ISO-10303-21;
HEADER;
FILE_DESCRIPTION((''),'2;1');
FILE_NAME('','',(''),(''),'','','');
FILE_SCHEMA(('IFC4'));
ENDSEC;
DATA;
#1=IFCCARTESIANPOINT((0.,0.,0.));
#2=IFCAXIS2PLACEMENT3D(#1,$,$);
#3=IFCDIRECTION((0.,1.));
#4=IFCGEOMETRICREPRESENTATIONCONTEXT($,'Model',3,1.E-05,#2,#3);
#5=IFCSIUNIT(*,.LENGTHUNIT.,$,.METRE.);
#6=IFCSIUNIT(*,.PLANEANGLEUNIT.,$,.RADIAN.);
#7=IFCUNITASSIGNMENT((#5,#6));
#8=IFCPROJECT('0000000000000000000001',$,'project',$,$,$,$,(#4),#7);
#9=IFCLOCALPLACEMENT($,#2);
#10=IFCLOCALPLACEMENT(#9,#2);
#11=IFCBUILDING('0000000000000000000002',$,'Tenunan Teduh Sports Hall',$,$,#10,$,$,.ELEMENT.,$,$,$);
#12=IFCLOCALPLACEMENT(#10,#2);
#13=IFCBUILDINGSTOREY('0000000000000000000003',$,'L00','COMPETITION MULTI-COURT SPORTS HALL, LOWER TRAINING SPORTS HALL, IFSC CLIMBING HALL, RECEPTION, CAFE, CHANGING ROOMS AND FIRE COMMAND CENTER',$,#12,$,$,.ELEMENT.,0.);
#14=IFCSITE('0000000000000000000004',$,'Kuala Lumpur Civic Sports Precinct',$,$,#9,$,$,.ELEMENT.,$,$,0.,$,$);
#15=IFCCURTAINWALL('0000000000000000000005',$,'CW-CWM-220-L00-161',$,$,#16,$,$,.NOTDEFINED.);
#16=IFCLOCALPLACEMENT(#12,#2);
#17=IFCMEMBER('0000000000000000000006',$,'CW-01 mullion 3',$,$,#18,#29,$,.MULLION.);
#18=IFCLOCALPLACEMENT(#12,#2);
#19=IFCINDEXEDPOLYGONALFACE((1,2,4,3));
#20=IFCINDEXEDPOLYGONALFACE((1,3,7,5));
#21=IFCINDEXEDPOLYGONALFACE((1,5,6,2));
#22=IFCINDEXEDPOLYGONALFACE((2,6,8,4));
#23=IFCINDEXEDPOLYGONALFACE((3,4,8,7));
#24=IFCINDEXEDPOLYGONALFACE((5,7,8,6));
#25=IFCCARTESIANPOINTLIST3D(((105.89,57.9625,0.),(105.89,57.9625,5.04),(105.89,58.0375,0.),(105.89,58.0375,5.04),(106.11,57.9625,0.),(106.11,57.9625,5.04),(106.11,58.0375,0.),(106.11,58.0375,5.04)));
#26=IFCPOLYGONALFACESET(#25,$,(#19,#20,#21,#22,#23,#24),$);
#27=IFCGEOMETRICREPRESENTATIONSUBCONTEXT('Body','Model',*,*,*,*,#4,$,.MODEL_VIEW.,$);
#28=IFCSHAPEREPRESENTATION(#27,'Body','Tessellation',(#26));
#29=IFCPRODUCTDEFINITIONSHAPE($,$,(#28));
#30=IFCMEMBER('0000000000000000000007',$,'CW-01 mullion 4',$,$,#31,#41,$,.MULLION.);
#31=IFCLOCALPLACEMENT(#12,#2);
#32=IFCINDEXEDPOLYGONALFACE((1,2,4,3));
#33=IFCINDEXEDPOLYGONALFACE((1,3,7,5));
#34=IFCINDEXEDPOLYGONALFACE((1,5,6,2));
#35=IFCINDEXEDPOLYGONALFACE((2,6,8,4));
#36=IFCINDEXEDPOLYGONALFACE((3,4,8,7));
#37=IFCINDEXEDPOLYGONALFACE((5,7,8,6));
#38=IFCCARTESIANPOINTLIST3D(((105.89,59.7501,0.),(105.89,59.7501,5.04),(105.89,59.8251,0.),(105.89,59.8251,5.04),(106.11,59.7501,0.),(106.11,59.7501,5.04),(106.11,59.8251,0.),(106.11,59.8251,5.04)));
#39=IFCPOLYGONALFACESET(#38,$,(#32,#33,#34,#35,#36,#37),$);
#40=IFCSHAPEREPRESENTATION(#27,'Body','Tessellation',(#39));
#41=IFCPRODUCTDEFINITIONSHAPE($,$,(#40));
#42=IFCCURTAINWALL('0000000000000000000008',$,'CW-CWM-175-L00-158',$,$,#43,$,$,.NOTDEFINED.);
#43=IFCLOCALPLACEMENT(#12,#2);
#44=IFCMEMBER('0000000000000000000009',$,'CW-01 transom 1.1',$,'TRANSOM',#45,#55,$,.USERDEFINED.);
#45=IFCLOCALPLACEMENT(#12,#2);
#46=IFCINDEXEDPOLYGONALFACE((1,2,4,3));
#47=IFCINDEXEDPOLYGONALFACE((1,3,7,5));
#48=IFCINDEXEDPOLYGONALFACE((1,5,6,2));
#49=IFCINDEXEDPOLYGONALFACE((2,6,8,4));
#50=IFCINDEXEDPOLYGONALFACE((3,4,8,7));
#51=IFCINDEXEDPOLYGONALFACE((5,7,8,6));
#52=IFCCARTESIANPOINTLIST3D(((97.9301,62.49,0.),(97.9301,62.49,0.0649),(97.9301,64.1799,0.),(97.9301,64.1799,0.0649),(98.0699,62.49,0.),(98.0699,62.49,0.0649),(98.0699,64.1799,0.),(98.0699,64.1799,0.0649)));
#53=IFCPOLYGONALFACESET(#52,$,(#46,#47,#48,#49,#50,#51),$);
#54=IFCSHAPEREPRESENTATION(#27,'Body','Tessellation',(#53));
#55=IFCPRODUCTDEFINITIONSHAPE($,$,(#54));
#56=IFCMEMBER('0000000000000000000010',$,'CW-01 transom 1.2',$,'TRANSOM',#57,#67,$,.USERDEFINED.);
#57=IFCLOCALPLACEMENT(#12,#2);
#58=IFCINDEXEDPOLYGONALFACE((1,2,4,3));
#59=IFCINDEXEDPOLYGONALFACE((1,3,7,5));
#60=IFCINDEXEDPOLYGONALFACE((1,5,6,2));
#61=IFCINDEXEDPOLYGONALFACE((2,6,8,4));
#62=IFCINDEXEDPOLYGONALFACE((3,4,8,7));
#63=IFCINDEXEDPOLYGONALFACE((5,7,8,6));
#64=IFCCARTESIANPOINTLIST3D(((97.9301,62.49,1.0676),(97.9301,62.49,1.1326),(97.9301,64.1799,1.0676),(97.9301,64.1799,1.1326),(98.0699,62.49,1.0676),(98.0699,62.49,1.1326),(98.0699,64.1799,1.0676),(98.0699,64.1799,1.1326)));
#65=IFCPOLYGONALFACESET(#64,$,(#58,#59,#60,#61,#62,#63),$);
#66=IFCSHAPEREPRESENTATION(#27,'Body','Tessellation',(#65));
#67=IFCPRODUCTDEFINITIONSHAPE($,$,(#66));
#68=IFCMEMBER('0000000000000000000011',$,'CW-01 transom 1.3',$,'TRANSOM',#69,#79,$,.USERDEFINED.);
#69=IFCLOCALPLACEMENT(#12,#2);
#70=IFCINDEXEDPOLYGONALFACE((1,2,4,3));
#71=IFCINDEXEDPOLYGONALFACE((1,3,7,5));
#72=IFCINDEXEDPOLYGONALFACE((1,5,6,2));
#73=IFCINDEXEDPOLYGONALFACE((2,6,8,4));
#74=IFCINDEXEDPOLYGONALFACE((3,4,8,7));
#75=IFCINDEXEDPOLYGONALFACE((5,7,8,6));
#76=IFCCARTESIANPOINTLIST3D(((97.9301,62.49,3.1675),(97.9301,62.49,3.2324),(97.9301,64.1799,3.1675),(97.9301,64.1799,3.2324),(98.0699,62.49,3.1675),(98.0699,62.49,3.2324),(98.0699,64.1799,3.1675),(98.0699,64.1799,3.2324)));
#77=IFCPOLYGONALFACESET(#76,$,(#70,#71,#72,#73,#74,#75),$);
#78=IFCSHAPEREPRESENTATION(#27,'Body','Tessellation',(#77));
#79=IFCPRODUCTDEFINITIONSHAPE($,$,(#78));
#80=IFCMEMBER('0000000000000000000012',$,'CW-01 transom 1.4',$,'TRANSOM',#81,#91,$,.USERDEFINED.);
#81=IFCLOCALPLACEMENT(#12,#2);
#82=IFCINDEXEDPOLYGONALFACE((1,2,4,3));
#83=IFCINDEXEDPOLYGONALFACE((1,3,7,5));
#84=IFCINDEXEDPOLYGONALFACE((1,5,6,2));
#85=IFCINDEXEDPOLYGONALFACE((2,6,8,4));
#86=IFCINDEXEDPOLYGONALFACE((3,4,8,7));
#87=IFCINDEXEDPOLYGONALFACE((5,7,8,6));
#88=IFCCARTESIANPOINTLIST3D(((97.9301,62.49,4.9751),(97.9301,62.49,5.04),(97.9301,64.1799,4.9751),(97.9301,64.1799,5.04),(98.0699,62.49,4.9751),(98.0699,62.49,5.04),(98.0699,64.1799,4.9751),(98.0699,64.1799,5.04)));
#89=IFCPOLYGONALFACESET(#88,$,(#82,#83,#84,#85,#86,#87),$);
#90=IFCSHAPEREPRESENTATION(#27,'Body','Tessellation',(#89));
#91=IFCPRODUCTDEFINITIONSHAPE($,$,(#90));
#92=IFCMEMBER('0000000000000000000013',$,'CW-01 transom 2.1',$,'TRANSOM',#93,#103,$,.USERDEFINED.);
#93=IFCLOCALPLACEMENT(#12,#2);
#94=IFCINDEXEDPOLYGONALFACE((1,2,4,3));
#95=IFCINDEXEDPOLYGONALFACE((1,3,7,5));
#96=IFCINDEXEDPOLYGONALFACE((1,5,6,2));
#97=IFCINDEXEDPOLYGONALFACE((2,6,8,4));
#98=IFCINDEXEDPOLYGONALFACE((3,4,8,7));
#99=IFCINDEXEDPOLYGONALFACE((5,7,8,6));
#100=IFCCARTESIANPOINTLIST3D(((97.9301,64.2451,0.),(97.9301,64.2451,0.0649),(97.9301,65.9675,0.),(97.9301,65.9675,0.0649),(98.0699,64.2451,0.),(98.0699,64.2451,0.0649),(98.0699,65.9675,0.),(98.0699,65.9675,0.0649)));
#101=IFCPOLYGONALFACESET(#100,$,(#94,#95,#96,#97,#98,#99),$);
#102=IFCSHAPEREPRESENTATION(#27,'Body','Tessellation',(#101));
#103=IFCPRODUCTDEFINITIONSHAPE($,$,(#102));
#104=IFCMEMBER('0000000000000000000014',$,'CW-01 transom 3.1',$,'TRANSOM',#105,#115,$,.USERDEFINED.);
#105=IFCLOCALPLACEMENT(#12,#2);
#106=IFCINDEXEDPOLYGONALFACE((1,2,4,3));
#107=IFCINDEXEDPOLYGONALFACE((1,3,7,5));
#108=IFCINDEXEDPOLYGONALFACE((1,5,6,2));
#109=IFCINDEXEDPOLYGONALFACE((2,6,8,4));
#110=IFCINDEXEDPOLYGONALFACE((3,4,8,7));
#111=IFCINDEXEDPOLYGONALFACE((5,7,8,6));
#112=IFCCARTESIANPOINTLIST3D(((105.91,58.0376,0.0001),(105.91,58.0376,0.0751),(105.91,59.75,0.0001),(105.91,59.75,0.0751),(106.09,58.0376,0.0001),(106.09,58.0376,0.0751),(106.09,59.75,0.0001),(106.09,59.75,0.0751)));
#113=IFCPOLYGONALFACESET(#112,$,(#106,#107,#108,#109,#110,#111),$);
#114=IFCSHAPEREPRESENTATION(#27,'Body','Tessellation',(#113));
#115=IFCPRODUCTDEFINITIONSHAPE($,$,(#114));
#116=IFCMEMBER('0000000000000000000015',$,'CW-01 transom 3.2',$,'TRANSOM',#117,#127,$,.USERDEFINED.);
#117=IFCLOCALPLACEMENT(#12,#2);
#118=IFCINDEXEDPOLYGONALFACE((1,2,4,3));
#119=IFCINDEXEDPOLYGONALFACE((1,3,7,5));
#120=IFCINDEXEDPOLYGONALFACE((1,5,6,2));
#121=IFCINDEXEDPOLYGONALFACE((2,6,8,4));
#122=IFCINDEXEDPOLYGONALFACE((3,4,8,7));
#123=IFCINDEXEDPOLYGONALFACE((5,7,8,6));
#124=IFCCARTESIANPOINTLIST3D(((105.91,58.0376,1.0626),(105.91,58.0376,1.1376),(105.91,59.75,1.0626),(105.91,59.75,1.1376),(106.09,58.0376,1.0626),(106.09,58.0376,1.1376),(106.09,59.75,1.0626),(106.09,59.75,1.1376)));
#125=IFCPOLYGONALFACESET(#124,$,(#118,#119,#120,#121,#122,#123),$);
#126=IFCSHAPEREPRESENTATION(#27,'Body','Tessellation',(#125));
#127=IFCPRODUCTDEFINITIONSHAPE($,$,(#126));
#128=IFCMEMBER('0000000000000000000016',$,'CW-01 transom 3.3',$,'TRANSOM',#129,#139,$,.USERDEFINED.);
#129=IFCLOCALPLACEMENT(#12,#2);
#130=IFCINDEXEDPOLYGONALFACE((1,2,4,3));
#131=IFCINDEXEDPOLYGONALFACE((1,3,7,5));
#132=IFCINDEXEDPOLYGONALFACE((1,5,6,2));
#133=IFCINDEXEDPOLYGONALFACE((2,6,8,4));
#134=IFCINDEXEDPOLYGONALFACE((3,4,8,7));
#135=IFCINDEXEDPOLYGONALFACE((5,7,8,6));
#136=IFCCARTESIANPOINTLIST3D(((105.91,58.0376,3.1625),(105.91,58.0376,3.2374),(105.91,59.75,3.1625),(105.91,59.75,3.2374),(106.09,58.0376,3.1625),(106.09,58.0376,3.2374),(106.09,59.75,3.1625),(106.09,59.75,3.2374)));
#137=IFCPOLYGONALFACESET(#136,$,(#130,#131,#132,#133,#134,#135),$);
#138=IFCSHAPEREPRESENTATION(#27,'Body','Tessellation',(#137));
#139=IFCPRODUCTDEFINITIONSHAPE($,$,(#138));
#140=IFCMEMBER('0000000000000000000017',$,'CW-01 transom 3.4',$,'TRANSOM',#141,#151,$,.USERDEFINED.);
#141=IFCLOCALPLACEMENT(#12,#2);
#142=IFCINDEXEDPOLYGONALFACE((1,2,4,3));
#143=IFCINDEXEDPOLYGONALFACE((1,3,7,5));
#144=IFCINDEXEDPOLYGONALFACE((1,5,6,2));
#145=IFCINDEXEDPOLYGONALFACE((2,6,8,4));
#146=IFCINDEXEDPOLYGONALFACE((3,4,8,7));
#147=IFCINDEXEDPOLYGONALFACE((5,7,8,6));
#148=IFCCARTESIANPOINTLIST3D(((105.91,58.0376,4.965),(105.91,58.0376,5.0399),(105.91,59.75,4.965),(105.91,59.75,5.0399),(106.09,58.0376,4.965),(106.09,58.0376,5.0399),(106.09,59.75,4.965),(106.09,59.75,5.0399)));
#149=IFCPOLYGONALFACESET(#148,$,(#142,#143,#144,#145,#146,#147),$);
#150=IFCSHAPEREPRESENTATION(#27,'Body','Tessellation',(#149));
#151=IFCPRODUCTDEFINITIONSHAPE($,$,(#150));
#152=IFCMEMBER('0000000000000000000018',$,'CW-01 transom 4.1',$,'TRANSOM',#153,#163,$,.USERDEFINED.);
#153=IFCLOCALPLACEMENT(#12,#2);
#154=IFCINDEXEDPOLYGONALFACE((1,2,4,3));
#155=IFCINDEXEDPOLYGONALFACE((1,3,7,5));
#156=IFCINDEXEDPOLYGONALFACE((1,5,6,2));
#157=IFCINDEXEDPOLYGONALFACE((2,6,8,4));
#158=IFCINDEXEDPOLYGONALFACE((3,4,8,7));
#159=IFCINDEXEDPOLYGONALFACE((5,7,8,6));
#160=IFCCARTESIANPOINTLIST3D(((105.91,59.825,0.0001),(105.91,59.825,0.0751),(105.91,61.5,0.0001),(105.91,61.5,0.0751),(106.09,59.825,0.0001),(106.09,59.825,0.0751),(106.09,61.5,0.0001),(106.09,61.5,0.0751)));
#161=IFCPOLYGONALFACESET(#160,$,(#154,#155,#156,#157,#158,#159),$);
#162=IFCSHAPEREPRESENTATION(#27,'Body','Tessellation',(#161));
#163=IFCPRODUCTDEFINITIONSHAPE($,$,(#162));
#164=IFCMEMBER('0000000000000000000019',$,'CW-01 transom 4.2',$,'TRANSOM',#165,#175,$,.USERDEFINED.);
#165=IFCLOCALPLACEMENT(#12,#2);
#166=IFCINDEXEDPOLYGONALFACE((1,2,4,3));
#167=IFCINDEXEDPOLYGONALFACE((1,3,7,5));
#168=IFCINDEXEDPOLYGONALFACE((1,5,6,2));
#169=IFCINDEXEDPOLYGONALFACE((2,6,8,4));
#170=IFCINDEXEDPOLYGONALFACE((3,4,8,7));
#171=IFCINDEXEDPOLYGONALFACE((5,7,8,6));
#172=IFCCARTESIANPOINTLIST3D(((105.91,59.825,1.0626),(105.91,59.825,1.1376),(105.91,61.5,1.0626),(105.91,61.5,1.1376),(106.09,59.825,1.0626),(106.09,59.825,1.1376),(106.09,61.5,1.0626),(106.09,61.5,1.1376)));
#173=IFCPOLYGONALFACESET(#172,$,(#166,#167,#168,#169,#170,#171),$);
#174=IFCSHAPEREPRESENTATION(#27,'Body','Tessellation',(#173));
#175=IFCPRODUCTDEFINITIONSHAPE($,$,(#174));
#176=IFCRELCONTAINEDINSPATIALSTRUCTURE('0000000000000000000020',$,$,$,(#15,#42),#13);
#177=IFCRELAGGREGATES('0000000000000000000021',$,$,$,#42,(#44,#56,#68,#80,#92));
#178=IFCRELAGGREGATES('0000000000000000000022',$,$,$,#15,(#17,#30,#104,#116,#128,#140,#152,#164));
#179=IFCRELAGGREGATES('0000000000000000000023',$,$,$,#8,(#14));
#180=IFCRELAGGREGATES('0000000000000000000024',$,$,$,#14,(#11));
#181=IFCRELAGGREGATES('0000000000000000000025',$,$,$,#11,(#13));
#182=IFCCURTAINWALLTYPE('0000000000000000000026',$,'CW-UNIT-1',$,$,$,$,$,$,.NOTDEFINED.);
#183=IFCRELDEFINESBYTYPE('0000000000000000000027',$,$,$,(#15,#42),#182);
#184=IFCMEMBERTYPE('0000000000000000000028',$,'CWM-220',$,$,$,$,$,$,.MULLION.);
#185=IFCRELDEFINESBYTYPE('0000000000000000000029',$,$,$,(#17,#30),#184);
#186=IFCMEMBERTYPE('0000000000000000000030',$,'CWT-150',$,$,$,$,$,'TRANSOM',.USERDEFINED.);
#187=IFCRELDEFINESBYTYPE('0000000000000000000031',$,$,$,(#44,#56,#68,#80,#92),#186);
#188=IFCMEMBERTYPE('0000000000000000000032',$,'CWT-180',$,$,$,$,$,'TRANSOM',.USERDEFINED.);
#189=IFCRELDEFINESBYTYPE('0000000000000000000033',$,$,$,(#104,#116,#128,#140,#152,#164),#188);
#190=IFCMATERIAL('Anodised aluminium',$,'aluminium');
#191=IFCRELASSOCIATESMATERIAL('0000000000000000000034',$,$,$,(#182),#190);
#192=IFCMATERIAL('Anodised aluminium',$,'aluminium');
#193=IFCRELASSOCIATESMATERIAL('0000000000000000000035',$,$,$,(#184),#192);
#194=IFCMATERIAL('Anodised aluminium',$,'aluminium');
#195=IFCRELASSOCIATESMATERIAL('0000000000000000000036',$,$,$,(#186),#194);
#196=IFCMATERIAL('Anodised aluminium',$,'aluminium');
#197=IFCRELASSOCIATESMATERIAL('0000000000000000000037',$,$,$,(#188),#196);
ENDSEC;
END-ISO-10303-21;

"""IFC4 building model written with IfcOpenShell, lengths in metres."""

from ifc_helpers import new_model, si_unit, direction, frame, origin, origin_2d, place, context, subcontext, project, spatial, rectangle, extrude, material, material_profile, profile_set, type_object, element, aggregate, save


model = new_model("IFC4")

# Units and contexts
model_context = context("Model", 3, precision=1e-05, world=origin(), true_north=direction((0.0, 1.0)))
body_context = subcontext(model_context, "Body", "Model", "MODEL_VIEW")
ifc_project = project(units=[si_unit("LENGTHUNIT", "METRE"), si_unit("PLANEANGLEUNIT", "RADIAN")], contexts=[model_context])

# Site, building, storey
site_placement = place(None, origin())
site = spatial("IfcSite", under=ifc_project, at=site_placement, Name="Kuala Lumpur Civic Sports Precinct", CompositionType="ELEMENT", RefElevation=0.0)
building_placement = place(site_placement, origin())
building = spatial("IfcBuilding", under=site, at=building_placement, Name="Tenunan Teduh Sports Hall", CompositionType="ELEMENT")
storey_placement = place(building_placement, origin())
storey = spatial("IfcBuildingStorey", under=building, at=storey_placement, Name="L00", Description="COMPETITION MULTI-COURT SPORTS HALL, LOWER TRAINING SPORTS HALL, IFSC CLIMBING HALL, RECEPTION, CAFE, CHANGING ROOMS AND FIRE COMMAND CENTER", CompositionType="ELEMENT", Elevation=0.0)

# Curtain walls, members
ifc_material_1 = material(Name="Anodised aluminium", Category="aluminium")
curtain_wall_type = type_object("IfcCurtainWallType", Name="CW-UNIT-1", PredefinedType="NOTDEFINED", material=ifc_material_1)
curtain_wall_1_placement = place(storey_placement, origin())
curtain_wall_1 = element("IfcCurtainWall", 1, at=curtain_wall_1_placement, inside=storey, type_object=curtain_wall_type, Name="CW-CWM-220-L00-161", PredefinedType="NOTDEFINED")
ifc_material_2 = material(Name="Anodised aluminium", Category="aluminium")
ifc_material_profile_1 = material_profile(ifc_material_2, rectangle(XDim=0.075, YDim=0.22, at=origin_2d()), Name="CWM 75x220")
ifc_profile_set_1 = profile_set([ifc_material_profile_1], Name="Anodised aluminium")
member_type_1 = type_object("IfcMemberType", Name="CWM-220", PredefinedType="MULLION", material=ifc_profile_set_1)
member_1_placement = place(storey_placement, frame((106.0, 58.0, 0.0), z_axis=(0.0, 0.0, 1.0), x_axis=(0.0, 1.0, 0.0)))
member_1 = element("IfcMember", 2, at=member_1_placement, type_object=member_type_1, Name="CW-01 mullion 3", PredefinedType="MULLION", context=body_context, shape_type="SweptSolid", body=[
    extrude(rectangle(XDim=0.075, YDim=0.22, at=origin_2d()), origin(), (0.0, 0.0, 1.0), 5.04),
])
member_2_placement = place(storey_placement, frame((106.0, 59.7876, 0.0), z_axis=(0.0, 0.0, 1.0), x_axis=(0.0, 1.0, 0.0)))
member_2 = element("IfcMember", 3, at=member_2_placement, type_object=member_type_1, Name="CW-01 mullion 4", PredefinedType="MULLION", context=body_context, shape_type="SweptSolid", body=[
    extrude(rectangle(XDim=0.075, YDim=0.22, at=origin_2d()), origin(), (0.0, 0.0, 1.0), 5.04),
])
curtain_wall_2_placement = place(storey_placement, origin())
curtain_wall_2 = element("IfcCurtainWall", 4, at=curtain_wall_2_placement, inside=storey, type_object=curtain_wall_type, Name="CW-CWM-175-L00-158", PredefinedType="NOTDEFINED")
ifc_material_3 = material(Name="Anodised aluminium", Category="aluminium")
ifc_material_profile_2 = material_profile(ifc_material_3, rectangle(XDim=0.0649, YDim=0.1399, at=origin_2d()), Name="CWT 65x140")
ifc_profile_set_2 = profile_set([ifc_material_profile_2], Name="Anodised aluminium")
member_type_2 = type_object("IfcMemberType", Name="CWT-150", ElementType="TRANSOM", PredefinedType="USERDEFINED", material=ifc_profile_set_2)
member_3_placement = place(storey_placement, frame((98.0, 62.49, 0.0325), z_axis=(0.0, 1.0, 0.0), x_axis=(0.0, 0.0, 1.0)))
member_3 = element("IfcMember", 5, at=member_3_placement, type_object=member_type_2, Name="CW-01 transom 1.1", ObjectType="TRANSOM", PredefinedType="USERDEFINED", context=body_context, shape_type="SweptSolid", body=[
    extrude(rectangle(XDim=0.0649, YDim=0.1399, at=origin_2d()), origin(), (0.0, 0.0, 1.0), 1.6899),
])
member_4_placement = place(storey_placement, frame((98.0, 62.49, 1.1001), z_axis=(0.0, 1.0, 0.0), x_axis=(0.0, 0.0, 1.0)))
member_4 = element("IfcMember", 6, at=member_4_placement, type_object=member_type_2, Name="CW-01 transom 1.2", ObjectType="TRANSOM", PredefinedType="USERDEFINED", context=body_context, shape_type="SweptSolid", body=[
    extrude(rectangle(XDim=0.0649, YDim=0.1399, at=origin_2d()), origin(), (0.0, 0.0, 1.0), 1.6899),
])
member_5_placement = place(storey_placement, frame((98.0, 62.49, 3.2), z_axis=(0.0, 1.0, 0.0), x_axis=(0.0, 0.0, 1.0)))
member_5 = element("IfcMember", 7, at=member_5_placement, type_object=member_type_2, Name="CW-01 transom 1.3", ObjectType="TRANSOM", PredefinedType="USERDEFINED", context=body_context, shape_type="SweptSolid", body=[
    extrude(rectangle(XDim=0.0649, YDim=0.1399, at=origin_2d()), origin(), (0.0, 0.0, 1.0), 1.6899),
])
member_6_placement = place(storey_placement, frame((98.0, 62.49, 5.0076), z_axis=(0.0, 1.0, 0.0), x_axis=(0.0, 0.0, 1.0)))
member_6 = element("IfcMember", 8, at=member_6_placement, type_object=member_type_2, Name="CW-01 transom 1.4", ObjectType="TRANSOM", PredefinedType="USERDEFINED", context=body_context, shape_type="SweptSolid", body=[
    extrude(rectangle(XDim=0.0649, YDim=0.1399, at=origin_2d()), origin(), (0.0, 0.0, 1.0), 1.6899),
])
member_7_placement = place(storey_placement, frame((98.0, 64.2451, 0.0325), z_axis=(0.0, 1.0, 0.0), x_axis=(0.0, 0.0, 1.0)))
member_7 = element("IfcMember", 9, at=member_7_placement, type_object=member_type_2, Name="CW-01 transom 2.1", ObjectType="TRANSOM", PredefinedType="USERDEFINED", context=body_context, shape_type="SweptSolid", body=[
    extrude(rectangle(XDim=0.0649, YDim=0.1399, at=origin_2d()), origin(), (0.0, 0.0, 1.0), 1.7224),
])

# Members
ifc_material_4 = material(Name="Anodised aluminium", Category="aluminium")
ifc_material_profile_3 = material_profile(ifc_material_4, rectangle(XDim=0.075, YDim=0.1799, at=origin_2d()), Name="CWT 75x180")
ifc_profile_set_3 = profile_set([ifc_material_profile_3], Name="Anodised aluminium")
member_type_3 = type_object("IfcMemberType", Name="CWT-180", ElementType="TRANSOM", PredefinedType="USERDEFINED", material=ifc_profile_set_3)
member_8_placement = place(storey_placement, frame((106.0, 58.0376, 0.0376), z_axis=(0.0, 1.0, 0.0), x_axis=(0.0, 0.0, 1.0)))
member_8 = element("IfcMember", 10, at=member_8_placement, type_object=member_type_3, Name="CW-01 transom 3.1", ObjectType="TRANSOM", PredefinedType="USERDEFINED", context=body_context, shape_type="SweptSolid", body=[
    extrude(rectangle(XDim=0.075, YDim=0.1799, at=origin_2d()), origin(), (0.0, 0.0, 1.0), 1.7124),
])
member_9_placement = place(storey_placement, frame((106.0, 58.0376, 1.1001), z_axis=(0.0, 1.0, 0.0), x_axis=(0.0, 0.0, 1.0)))
member_9 = element("IfcMember", 11, at=member_9_placement, type_object=member_type_3, Name="CW-01 transom 3.2", ObjectType="TRANSOM", PredefinedType="USERDEFINED", context=body_context, shape_type="SweptSolid", body=[
    extrude(rectangle(XDim=0.075, YDim=0.1799, at=origin_2d()), origin(), (0.0, 0.0, 1.0), 1.7124),
])
member_10_placement = place(storey_placement, frame((106.0, 58.0376, 3.2), z_axis=(0.0, 1.0, 0.0), x_axis=(0.0, 0.0, 1.0)))
member_10 = element("IfcMember", 12, at=member_10_placement, type_object=member_type_3, Name="CW-01 transom 3.3", ObjectType="TRANSOM", PredefinedType="USERDEFINED", context=body_context, shape_type="SweptSolid", body=[
    extrude(rectangle(XDim=0.075, YDim=0.1799, at=origin_2d()), origin(), (0.0, 0.0, 1.0), 1.7124),
])
member_11_placement = place(storey_placement, frame((106.0, 58.0376, 5.0024), z_axis=(0.0, 1.0, 0.0), x_axis=(0.0, 0.0, 1.0)))
member_11 = element("IfcMember", 13, at=member_11_placement, type_object=member_type_3, Name="CW-01 transom 3.4", ObjectType="TRANSOM", PredefinedType="USERDEFINED", context=body_context, shape_type="SweptSolid", body=[
    extrude(rectangle(XDim=0.075, YDim=0.1799, at=origin_2d()), origin(), (0.0, 0.0, 1.0), 1.7124),
])
member_12_placement = place(storey_placement, frame((106.0, 59.825, 0.0376), z_axis=(0.0, 1.0, 0.0), x_axis=(0.0, 0.0, 1.0)))
member_12 = element("IfcMember", 14, at=member_12_placement, type_object=member_type_3, Name="CW-01 transom 4.1", ObjectType="TRANSOM", PredefinedType="USERDEFINED", context=body_context, shape_type="SweptSolid", body=[
    extrude(rectangle(XDim=0.075, YDim=0.1799, at=origin_2d()), origin(), (0.0, 0.0, 1.0), 1.675),
])
member_13_placement = place(storey_placement, frame((106.0, 59.825, 1.1001), z_axis=(0.0, 1.0, 0.0), x_axis=(0.0, 0.0, 1.0)))
member_13 = element("IfcMember", 15, at=member_13_placement, type_object=member_type_3, Name="CW-01 transom 4.2", ObjectType="TRANSOM", PredefinedType="USERDEFINED", context=body_context, shape_type="SweptSolid", body=[
    extrude(rectangle(XDim=0.075, YDim=0.1799, at=origin_2d()), origin(), (0.0, 0.0, 1.0), 1.675),
])

aggregate(curtain_wall_2, [member_3, member_4, member_5, member_6, member_7])
aggregate(curtain_wall_1, [member_1, member_2, member_8, member_9, member_10, member_11, member_12, member_13])

save(model, "model.ifc")
